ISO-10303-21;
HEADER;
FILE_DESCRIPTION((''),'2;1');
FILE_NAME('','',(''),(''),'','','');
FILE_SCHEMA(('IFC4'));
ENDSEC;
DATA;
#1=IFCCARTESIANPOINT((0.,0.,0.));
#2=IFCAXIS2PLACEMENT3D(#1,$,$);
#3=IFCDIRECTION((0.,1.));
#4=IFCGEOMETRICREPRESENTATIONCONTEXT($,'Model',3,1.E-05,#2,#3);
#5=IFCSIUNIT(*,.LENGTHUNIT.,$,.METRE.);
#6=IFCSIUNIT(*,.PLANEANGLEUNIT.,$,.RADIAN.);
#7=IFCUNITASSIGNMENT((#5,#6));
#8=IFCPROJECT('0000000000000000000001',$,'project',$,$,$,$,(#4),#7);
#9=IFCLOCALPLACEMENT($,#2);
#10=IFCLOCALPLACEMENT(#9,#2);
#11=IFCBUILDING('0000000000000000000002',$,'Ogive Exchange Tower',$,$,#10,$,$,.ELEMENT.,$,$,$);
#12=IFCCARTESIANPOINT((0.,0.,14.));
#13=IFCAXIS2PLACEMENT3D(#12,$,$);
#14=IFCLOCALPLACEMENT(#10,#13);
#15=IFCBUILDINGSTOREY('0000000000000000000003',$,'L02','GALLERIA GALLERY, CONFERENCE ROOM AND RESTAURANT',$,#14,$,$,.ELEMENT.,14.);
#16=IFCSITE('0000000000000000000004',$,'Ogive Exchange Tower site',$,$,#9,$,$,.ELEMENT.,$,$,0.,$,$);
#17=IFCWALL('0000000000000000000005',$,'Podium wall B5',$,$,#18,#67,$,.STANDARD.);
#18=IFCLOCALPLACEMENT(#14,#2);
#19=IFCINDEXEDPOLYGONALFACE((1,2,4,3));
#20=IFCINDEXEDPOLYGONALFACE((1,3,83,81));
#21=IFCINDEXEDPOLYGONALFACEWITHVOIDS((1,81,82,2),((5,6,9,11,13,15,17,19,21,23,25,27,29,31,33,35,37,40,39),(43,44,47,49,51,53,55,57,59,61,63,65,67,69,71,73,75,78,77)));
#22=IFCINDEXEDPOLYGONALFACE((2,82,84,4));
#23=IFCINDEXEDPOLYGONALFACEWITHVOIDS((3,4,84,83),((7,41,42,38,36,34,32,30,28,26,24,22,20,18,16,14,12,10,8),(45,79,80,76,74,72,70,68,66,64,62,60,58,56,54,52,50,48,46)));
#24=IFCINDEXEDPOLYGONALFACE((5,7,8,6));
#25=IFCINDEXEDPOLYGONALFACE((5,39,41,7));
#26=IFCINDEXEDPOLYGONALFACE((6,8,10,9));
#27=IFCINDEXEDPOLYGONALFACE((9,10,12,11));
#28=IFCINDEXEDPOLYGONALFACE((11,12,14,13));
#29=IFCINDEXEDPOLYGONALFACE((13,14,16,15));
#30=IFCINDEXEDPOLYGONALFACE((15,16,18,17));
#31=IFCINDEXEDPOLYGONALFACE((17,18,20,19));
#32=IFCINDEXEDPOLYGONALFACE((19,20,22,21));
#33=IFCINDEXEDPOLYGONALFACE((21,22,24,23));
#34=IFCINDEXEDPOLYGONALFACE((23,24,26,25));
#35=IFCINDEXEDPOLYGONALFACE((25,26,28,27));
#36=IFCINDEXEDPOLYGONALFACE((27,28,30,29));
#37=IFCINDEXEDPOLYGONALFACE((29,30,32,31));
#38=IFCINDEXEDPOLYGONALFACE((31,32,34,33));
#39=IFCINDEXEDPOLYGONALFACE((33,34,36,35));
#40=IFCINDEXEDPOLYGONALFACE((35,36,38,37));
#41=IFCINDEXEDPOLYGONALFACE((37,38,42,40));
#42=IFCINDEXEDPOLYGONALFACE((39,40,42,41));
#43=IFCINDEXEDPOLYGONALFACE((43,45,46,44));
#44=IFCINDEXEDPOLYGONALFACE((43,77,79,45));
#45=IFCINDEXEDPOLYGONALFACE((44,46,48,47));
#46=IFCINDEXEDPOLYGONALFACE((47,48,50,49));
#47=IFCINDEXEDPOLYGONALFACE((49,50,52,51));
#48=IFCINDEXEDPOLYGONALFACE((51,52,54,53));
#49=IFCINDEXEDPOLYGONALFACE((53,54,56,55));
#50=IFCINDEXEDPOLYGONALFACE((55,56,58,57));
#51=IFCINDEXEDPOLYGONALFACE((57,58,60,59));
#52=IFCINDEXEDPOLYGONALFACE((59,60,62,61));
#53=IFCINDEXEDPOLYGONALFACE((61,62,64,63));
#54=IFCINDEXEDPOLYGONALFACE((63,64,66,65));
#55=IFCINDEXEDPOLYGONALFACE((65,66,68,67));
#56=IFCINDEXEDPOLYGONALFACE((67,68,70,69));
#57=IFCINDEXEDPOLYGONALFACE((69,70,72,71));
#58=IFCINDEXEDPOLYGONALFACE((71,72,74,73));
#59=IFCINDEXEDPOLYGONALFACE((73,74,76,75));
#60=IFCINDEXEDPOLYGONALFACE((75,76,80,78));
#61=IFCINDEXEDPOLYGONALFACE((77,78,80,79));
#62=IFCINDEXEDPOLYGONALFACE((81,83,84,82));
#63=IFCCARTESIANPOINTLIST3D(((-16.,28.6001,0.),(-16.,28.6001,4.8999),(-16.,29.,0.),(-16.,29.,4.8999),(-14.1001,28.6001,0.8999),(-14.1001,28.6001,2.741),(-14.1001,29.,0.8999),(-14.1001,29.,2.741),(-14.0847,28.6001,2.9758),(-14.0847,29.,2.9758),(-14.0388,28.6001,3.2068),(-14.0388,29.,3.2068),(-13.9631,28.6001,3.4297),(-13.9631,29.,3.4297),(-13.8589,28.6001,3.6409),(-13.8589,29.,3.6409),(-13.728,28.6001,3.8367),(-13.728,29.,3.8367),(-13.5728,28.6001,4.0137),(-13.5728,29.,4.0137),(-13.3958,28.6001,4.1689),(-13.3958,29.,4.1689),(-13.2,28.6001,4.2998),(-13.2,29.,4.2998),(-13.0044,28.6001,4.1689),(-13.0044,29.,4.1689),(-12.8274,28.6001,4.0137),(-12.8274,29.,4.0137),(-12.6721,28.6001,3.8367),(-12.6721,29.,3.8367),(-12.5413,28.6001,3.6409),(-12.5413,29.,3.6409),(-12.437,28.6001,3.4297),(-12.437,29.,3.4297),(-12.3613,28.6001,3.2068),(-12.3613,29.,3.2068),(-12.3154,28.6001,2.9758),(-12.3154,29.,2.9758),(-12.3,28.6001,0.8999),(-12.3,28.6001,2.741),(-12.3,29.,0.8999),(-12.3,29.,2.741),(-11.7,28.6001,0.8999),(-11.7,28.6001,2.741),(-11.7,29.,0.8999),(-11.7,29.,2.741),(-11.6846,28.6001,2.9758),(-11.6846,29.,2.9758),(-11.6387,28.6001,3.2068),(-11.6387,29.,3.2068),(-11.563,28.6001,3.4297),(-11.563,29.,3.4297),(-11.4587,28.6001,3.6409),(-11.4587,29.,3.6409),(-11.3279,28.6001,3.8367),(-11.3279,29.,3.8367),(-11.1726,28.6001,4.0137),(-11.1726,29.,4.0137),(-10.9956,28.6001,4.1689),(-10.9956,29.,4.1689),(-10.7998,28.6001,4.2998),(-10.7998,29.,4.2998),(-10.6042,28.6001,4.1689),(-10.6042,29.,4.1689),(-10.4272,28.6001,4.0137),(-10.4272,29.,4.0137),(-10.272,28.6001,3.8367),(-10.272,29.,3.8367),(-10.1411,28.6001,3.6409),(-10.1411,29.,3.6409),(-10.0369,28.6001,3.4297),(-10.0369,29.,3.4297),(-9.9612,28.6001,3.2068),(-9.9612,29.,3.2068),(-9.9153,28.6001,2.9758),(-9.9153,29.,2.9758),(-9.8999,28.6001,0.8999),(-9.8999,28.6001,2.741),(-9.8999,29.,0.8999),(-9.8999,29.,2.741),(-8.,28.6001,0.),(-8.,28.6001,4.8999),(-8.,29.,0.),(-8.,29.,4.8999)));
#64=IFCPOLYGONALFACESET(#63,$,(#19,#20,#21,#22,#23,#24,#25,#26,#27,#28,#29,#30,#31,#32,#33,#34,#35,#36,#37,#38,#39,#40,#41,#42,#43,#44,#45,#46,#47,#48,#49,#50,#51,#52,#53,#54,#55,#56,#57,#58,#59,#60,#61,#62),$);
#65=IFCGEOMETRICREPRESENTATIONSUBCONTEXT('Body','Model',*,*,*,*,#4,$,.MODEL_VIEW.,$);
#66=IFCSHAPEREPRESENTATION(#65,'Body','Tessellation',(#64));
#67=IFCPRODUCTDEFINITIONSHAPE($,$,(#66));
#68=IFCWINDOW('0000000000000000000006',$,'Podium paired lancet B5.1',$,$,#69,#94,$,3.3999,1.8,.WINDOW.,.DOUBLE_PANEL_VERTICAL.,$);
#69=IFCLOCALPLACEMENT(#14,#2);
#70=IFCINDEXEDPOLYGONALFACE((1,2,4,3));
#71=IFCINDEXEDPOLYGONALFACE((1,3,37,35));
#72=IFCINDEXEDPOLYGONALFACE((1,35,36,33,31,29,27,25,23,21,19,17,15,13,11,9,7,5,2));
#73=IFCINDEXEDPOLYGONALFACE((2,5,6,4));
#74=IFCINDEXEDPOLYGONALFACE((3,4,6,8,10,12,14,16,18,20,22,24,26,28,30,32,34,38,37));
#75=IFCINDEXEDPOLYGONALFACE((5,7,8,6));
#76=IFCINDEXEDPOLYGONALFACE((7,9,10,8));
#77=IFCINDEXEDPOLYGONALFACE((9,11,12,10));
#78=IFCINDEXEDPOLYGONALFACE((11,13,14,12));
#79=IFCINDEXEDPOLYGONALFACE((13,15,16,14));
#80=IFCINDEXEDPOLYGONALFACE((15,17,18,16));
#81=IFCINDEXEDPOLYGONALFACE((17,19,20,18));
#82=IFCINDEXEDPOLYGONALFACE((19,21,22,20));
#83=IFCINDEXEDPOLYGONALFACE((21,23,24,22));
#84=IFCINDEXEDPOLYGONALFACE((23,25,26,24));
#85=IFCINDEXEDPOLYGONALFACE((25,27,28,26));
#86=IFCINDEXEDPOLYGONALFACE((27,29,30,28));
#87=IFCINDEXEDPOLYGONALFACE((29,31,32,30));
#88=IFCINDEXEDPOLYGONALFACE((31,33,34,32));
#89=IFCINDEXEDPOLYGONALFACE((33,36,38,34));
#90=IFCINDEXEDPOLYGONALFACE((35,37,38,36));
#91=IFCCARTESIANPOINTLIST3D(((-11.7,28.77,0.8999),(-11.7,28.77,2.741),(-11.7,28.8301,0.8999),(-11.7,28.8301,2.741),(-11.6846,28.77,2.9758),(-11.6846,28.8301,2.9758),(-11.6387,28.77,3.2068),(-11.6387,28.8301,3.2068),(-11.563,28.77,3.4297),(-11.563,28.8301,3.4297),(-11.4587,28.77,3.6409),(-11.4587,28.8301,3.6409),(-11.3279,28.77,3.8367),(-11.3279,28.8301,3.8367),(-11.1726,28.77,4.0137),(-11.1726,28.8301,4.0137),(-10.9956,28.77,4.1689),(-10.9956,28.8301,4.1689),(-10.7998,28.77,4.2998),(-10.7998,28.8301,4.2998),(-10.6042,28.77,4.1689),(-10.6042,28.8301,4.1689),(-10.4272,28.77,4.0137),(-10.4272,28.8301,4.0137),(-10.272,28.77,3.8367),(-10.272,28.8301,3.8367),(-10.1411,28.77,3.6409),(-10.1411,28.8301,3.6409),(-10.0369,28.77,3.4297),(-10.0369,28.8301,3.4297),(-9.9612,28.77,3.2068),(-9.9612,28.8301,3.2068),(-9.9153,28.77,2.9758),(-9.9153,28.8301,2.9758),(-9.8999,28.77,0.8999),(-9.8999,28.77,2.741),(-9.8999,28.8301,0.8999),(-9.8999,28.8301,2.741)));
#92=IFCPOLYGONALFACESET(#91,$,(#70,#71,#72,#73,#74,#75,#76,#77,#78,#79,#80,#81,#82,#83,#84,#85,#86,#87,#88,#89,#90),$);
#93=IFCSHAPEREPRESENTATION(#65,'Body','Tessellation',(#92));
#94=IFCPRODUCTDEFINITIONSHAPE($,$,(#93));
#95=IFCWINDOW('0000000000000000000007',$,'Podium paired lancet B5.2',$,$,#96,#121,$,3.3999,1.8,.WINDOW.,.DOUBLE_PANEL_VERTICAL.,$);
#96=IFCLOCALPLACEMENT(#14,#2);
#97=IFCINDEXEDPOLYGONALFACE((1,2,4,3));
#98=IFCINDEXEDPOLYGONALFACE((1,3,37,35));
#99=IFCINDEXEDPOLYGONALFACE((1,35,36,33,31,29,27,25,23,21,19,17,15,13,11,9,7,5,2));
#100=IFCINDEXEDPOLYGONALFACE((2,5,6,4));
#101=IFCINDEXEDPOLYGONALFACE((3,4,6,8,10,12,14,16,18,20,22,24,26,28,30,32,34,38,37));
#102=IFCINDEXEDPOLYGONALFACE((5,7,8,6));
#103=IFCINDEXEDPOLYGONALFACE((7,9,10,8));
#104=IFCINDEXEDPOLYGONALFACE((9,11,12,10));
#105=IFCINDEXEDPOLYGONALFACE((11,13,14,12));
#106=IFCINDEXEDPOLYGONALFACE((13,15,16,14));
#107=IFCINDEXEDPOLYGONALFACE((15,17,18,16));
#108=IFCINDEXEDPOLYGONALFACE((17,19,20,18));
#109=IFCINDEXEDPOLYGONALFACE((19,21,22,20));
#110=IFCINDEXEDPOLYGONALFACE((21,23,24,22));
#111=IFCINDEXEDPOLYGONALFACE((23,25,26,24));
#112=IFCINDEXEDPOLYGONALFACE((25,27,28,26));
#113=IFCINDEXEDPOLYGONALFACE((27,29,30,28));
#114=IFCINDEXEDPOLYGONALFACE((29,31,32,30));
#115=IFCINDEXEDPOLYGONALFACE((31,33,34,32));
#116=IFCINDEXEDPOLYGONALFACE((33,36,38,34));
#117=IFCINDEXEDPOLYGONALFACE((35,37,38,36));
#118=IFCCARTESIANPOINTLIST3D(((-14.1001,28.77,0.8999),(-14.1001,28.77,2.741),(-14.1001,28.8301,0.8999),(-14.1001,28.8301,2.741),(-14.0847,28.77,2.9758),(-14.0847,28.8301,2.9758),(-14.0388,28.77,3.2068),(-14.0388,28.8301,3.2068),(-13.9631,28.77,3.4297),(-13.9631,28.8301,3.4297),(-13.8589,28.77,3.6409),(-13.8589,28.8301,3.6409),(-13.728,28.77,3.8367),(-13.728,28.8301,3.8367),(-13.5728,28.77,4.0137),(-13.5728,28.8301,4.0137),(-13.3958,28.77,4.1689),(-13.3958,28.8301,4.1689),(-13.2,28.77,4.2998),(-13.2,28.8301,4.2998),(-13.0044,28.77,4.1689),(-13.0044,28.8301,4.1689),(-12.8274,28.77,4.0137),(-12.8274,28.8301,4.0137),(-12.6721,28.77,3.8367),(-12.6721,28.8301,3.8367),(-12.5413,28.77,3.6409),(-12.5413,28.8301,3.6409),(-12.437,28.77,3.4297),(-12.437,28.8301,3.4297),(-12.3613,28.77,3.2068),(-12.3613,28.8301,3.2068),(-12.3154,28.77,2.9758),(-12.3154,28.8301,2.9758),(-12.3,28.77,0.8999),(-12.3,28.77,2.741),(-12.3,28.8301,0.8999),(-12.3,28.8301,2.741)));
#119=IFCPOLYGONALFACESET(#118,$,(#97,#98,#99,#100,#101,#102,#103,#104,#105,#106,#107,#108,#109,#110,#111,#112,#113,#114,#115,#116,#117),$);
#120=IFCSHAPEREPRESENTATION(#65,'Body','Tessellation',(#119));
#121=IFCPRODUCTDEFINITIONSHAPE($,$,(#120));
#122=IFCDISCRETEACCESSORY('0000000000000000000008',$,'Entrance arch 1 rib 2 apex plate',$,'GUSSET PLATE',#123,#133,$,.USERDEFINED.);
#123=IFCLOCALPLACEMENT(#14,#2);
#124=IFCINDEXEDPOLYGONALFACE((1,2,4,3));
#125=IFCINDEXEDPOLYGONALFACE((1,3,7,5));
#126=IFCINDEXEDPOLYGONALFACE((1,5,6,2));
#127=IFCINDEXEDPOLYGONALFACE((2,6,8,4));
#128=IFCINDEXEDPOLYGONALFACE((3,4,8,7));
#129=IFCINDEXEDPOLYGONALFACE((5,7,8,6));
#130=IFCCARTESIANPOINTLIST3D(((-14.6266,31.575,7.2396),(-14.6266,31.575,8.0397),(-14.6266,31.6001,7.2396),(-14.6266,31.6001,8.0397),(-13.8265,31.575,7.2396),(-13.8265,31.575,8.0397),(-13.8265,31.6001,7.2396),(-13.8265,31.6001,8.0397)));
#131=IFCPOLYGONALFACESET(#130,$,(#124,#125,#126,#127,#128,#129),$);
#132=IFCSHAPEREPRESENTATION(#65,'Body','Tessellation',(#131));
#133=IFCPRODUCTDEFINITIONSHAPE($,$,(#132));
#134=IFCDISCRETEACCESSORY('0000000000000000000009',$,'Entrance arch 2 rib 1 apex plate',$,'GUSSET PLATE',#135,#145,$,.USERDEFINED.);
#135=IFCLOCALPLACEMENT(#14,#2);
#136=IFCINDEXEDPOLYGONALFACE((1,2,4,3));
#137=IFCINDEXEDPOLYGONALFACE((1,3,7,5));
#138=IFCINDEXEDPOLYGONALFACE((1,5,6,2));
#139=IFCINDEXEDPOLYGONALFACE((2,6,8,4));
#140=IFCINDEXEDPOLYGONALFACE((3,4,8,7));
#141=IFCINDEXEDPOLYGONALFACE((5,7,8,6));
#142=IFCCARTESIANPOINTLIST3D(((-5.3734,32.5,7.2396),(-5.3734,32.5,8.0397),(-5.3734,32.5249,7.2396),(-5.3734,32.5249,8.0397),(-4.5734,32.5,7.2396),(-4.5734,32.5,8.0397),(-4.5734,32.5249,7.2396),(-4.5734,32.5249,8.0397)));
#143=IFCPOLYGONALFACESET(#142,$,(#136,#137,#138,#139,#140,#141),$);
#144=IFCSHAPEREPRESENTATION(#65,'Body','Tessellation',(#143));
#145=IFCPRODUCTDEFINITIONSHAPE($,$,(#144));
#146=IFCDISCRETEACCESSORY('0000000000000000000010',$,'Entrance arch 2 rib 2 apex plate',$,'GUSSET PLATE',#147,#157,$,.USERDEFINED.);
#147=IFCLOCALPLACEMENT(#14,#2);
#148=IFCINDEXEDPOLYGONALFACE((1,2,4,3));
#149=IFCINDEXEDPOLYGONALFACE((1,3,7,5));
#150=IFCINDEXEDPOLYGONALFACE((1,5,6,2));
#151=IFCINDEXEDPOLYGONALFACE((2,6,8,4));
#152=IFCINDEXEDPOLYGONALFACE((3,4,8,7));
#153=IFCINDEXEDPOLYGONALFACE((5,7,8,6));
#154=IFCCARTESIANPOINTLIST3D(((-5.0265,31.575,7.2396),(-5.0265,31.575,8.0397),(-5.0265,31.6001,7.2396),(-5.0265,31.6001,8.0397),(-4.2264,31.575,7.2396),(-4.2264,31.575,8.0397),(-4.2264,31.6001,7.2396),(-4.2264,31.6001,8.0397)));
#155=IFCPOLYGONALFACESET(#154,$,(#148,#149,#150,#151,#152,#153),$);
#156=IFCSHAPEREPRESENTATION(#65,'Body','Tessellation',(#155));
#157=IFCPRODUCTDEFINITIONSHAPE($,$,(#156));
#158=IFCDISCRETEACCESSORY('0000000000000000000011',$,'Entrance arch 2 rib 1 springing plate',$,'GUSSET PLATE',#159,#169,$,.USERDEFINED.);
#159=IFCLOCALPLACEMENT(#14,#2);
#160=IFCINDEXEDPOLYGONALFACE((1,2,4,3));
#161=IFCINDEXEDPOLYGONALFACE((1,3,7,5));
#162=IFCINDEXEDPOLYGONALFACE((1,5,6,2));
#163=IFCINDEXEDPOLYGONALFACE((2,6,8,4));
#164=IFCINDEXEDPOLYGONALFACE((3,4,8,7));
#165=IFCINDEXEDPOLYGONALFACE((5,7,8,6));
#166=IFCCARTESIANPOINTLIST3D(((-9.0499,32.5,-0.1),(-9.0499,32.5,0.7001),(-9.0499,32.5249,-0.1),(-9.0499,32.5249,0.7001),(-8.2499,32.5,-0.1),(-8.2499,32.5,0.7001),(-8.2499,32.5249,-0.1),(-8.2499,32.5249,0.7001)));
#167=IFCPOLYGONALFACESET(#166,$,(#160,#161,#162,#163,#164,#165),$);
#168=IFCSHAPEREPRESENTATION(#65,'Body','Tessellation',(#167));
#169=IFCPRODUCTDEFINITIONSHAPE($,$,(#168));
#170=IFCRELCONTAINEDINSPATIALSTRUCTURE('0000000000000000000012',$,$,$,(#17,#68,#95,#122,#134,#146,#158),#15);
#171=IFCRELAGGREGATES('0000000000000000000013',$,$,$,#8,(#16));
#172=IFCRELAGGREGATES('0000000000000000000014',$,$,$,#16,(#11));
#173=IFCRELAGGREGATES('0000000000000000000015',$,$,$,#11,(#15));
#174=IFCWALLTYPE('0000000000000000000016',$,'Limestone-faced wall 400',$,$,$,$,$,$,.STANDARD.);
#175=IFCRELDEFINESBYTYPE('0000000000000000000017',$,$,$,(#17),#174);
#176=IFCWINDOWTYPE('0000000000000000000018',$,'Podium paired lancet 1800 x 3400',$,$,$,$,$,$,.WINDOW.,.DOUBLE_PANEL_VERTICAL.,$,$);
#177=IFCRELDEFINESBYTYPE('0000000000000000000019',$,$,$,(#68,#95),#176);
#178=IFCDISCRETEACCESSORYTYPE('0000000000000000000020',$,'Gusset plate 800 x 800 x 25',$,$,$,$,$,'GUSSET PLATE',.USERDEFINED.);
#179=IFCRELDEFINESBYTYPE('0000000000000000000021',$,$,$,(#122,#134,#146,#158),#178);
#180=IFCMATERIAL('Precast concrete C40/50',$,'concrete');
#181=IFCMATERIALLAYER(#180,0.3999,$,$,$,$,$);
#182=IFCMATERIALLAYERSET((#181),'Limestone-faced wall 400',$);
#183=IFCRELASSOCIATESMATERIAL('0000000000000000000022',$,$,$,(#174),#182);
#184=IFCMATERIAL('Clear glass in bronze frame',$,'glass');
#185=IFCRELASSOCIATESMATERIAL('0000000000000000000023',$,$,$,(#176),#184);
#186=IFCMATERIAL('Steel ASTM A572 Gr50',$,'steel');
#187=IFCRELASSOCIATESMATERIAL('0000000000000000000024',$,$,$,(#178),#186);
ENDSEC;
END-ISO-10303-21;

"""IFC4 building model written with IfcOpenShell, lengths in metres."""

from ifc_helpers import new_model, si_unit, direction, frame, frame_2d, origin, origin_2d, place, context, subcontext, project, spatial, polyline, rectangle, outline, extrude, material, layer, layer_set, material_profile, profile_set, type_object, element, fill, save


model = new_model("IFC4")

# Units and contexts
model_context = context("Model", 3, precision=1e-05, world=origin(), true_north=direction((0.0, 1.0)))
body_context = subcontext(model_context, "Body", "Model", "MODEL_VIEW")
ifc_project = project(units=[si_unit("LENGTHUNIT", "METRE"), si_unit("PLANEANGLEUNIT", "RADIAN")], contexts=[model_context])

# Site, building, storey
site_placement = place(None, origin())
site = spatial("IfcSite", under=ifc_project, at=site_placement, Name="Ogive Exchange Tower site", CompositionType="ELEMENT", RefElevation=0.0)
building_placement = place(site_placement, origin())
building = spatial("IfcBuilding", under=site, at=building_placement, Name="Ogive Exchange Tower", CompositionType="ELEMENT")
storey_placement = place(building_placement, frame((0.0, 0.0, 14.0)))
storey = spatial("IfcBuildingStorey", under=building, at=storey_placement, Name="L02", Description="GALLERIA GALLERY, CONFERENCE ROOM AND RESTAURANT", CompositionType="ELEMENT", Elevation=14.0)

# Wall, openings, windows
ifc_material_1 = material(Name="Precast concrete C40/50", Category="concrete")
ifc_layer_1 = layer(ifc_material_1, 0.3999)
ifc_layer_set_1 = layer_set([ifc_layer_1], Name="Limestone-faced wall 400")
wall_type_1 = type_object("IfcWallType", Name="Limestone-faced wall 400", PredefinedType="STANDARD", material=ifc_layer_set_1)
ifc_material_2 = material(Name="Clear glass in bronze frame", Category="glass")
window_type = type_object("IfcWindowType", Name="Podium paired lancet 1800 x 3400", PartitioningType="DOUBLE_PANEL_VERTICAL", PredefinedType="WINDOW", material=ifc_material_2)
wall_1_placement = place(storey_placement, frame((-8.0, 28.8, 0.0), z_axis=(0.0, 0.0, 1.0), x_axis=(-1.0, 0.0, 0.0)))
wall_1 = element("IfcWall", 1, at=wall_1_placement, inside=storey, type_object=wall_type_1, Name="Podium wall B5", PredefinedType="STANDARD", context=body_context, shape_type="SweptSolid", body=[
    extrude(rectangle(XDim=8.0, YDim=0.3999, at=frame_2d((4.0, 0.0))), origin(), (0.0, 0.0, 1.0), 4.8999),
])
opening_1_placement = place(wall_1_placement, frame((1.8999, 0.0, 0.8999)))
opening_1 = element("IfcOpeningElement", 2, at=opening_1_placement, cuts=wall_1, PredefinedType="OPENING", context=body_context, shape_type="SweptSolid", body=[
    extrude(outline(polyline([(0.0, 0.0), (1.8, 0.0), (1.8, 1.8411), (1.7847, 2.0759), (1.7388, 2.3069), (1.6631, 2.5298), (1.5588, 2.741), (1.428, 2.9368), (1.2727, 3.1138), (1.0957, 3.269), (0.8999, 3.3999), (0.7043, 3.269), (0.5273, 3.1138), (0.3721, 2.9368), (0.2412, 2.741), (0.137, 2.5298), (0.0613, 2.3069), (0.0154, 2.0759), (0.0, 1.8411), (0.0, 0.0)])), frame((0.0, 0.21, 0.0), z_axis=(0.0, -1.0, 0.0), x_axis=(1.0, 0.0, 0.0)), (0.0, 0.0, 1.0), 0.4199),
])
opening_2_placement = place(wall_1_placement, frame((4.3, 0.0, 0.8999)))
opening_2 = element("IfcOpeningElement", 3, at=opening_2_placement, cuts=wall_1, PredefinedType="OPENING", context=body_context, shape_type="SweptSolid", body=[
    extrude(outline(polyline([(0.0, 0.0), (1.8, 0.0), (1.8, 1.8411), (1.7847, 2.0759), (1.7388, 2.3069), (1.6631, 2.5298), (1.5588, 2.741), (1.428, 2.9368), (1.2727, 3.1138), (1.0957, 3.269), (0.8999, 3.3999), (0.7043, 3.269), (0.5273, 3.1138), (0.3721, 2.9368), (0.2412, 2.741), (0.137, 2.5298), (0.0613, 2.3069), (0.0154, 2.0759), (0.0, 1.8411), (0.0, 0.0)])), frame((0.0, 0.21, 0.0), z_axis=(0.0, -1.0, 0.0), x_axis=(1.0, 0.0, 0.0)), (0.0, 0.0, 1.0), 0.4199),
])
window_1_placement = place(opening_1_placement, origin())
window_1 = element("IfcWindow", 4, at=window_1_placement, inside=storey, type_object=window_type, Name="Podium paired lancet B5.1", OverallHeight=3.3999, OverallWidth=1.8, PartitioningType="DOUBLE_PANEL_VERTICAL", PredefinedType="WINDOW", context=body_context, shape_type="SweptSolid", body=[
    extrude(outline(polyline([(0.0, 0.0), (1.8, 0.0), (1.8, 1.8411), (1.7847, 2.0759), (1.7388, 2.3069), (1.6631, 2.5298), (1.5588, 2.741), (1.428, 2.9368), (1.2727, 3.1138), (1.0957, 3.269), (0.8999, 3.3999), (0.7043, 3.269), (0.5273, 3.1138), (0.3721, 2.9368), (0.2412, 2.741), (0.137, 2.5298), (0.0613, 2.3069), (0.0154, 2.0759), (0.0, 1.8411), (0.0, 0.0)])), frame((0.0, 0.03, 0.0), z_axis=(0.0, -1.0, 0.0), x_axis=(1.0, 0.0, 0.0)), (0.0, 0.0, 1.0), 0.0601),
])
fill(opening_1, window_1)
window_2_placement = place(opening_2_placement, origin())
window_2 = element("IfcWindow", 5, at=window_2_placement, inside=storey, type_object=window_type, Name="Podium paired lancet B5.2", OverallHeight=3.3999, OverallWidth=1.8, PartitioningType="DOUBLE_PANEL_VERTICAL", PredefinedType="WINDOW", context=body_context, shape_type="SweptSolid", body=[
    extrude(outline(polyline([(0.0, 0.0), (1.8, 0.0), (1.8, 1.8411), (1.7847, 2.0759), (1.7388, 2.3069), (1.6631, 2.5298), (1.5588, 2.741), (1.428, 2.9368), (1.2727, 3.1138), (1.0957, 3.269), (0.8999, 3.3999), (0.7043, 3.269), (0.5273, 3.1138), (0.3721, 2.9368), (0.2412, 2.741), (0.137, 2.5298), (0.0613, 2.3069), (0.0154, 2.0759), (0.0, 1.8411), (0.0, 0.0)])), frame((0.0, 0.03, 0.0), z_axis=(0.0, -1.0, 0.0), x_axis=(1.0, 0.0, 0.0)), (0.0, 0.0, 1.0), 0.0601),
])
fill(opening_2, window_2)

# Discrete accessories
ifc_material_3 = material(Name="Steel ASTM A572 Gr50", Category="steel")
ifc_material_profile_1 = material_profile(ifc_material_3, rectangle(XDim=0.8, YDim=0.8, at=origin_2d()), Name="PL 800 x 800 x 25")
ifc_profile_set_1 = profile_set([ifc_material_profile_1], Name="Steel ASTM A572 Gr50")
discrete_accessory_type = type_object("IfcDiscreteAccessoryType", Name="Gusset plate 800 x 800 x 25", ElementType="GUSSET PLATE", PredefinedType="USERDEFINED", material=ifc_profile_set_1)
discrete_accessory_1_placement = place(storey_placement, frame((-14.2266, 31.6001, 7.6396), z_axis=(0.0, -1.0, 0.0), x_axis=(1.0, 0.0, 0.0)))
element("IfcDiscreteAccessory", 6, at=discrete_accessory_1_placement, inside=storey, type_object=discrete_accessory_type, Name="Entrance arch 1 rib 2 apex plate", ObjectType="GUSSET PLATE", PredefinedType="USERDEFINED", context=body_context, shape_type="SweptSolid", body=[
    extrude(rectangle(XDim=0.8, YDim=0.8, at=origin_2d()), origin(), (0.0, 0.0, 1.0), 0.0251),
])
discrete_accessory_2_placement = place(storey_placement, frame((-4.9734, 32.5, 7.6396), z_axis=(0.0, 1.0, 0.0), x_axis=(-1.0, 0.0, 0.0)))
element("IfcDiscreteAccessory", 7, at=discrete_accessory_2_placement, inside=storey, type_object=discrete_accessory_type, Name="Entrance arch 2 rib 1 apex plate", ObjectType="GUSSET PLATE", PredefinedType="USERDEFINED", context=body_context, shape_type="SweptSolid", body=[
    extrude(rectangle(XDim=0.8, YDim=0.8, at=origin_2d()), origin(), (0.0, 0.0, 1.0), 0.0249),
])
discrete_accessory_3_placement = place(storey_placement, frame((-4.6265, 31.6001, 7.6396), z_axis=(0.0, -1.0, 0.0), x_axis=(1.0, 0.0, 0.0)))
element("IfcDiscreteAccessory", 8, at=discrete_accessory_3_placement, inside=storey, type_object=discrete_accessory_type, Name="Entrance arch 2 rib 2 apex plate", ObjectType="GUSSET PLATE", PredefinedType="USERDEFINED", context=body_context, shape_type="SweptSolid", body=[
    extrude(rectangle(XDim=0.8, YDim=0.8, at=origin_2d()), origin(), (0.0, 0.0, 1.0), 0.0251),
])
discrete_accessory_4_placement = place(storey_placement, frame((-8.6499, 32.5, 0.3), z_axis=(0.0, 1.0, 0.0), x_axis=(-1.0, 0.0, 0.0)))
element("IfcDiscreteAccessory", 9, at=discrete_accessory_4_placement, inside=storey, type_object=discrete_accessory_type, Name="Entrance arch 2 rib 1 springing plate", ObjectType="GUSSET PLATE", PredefinedType="USERDEFINED", context=body_context, shape_type="SweptSolid", body=[
    extrude(rectangle(XDim=0.8, YDim=0.8, at=origin_2d()), origin(), (0.0, 0.0, 1.0), 0.0249),
])

save(model, "model.ifc")
